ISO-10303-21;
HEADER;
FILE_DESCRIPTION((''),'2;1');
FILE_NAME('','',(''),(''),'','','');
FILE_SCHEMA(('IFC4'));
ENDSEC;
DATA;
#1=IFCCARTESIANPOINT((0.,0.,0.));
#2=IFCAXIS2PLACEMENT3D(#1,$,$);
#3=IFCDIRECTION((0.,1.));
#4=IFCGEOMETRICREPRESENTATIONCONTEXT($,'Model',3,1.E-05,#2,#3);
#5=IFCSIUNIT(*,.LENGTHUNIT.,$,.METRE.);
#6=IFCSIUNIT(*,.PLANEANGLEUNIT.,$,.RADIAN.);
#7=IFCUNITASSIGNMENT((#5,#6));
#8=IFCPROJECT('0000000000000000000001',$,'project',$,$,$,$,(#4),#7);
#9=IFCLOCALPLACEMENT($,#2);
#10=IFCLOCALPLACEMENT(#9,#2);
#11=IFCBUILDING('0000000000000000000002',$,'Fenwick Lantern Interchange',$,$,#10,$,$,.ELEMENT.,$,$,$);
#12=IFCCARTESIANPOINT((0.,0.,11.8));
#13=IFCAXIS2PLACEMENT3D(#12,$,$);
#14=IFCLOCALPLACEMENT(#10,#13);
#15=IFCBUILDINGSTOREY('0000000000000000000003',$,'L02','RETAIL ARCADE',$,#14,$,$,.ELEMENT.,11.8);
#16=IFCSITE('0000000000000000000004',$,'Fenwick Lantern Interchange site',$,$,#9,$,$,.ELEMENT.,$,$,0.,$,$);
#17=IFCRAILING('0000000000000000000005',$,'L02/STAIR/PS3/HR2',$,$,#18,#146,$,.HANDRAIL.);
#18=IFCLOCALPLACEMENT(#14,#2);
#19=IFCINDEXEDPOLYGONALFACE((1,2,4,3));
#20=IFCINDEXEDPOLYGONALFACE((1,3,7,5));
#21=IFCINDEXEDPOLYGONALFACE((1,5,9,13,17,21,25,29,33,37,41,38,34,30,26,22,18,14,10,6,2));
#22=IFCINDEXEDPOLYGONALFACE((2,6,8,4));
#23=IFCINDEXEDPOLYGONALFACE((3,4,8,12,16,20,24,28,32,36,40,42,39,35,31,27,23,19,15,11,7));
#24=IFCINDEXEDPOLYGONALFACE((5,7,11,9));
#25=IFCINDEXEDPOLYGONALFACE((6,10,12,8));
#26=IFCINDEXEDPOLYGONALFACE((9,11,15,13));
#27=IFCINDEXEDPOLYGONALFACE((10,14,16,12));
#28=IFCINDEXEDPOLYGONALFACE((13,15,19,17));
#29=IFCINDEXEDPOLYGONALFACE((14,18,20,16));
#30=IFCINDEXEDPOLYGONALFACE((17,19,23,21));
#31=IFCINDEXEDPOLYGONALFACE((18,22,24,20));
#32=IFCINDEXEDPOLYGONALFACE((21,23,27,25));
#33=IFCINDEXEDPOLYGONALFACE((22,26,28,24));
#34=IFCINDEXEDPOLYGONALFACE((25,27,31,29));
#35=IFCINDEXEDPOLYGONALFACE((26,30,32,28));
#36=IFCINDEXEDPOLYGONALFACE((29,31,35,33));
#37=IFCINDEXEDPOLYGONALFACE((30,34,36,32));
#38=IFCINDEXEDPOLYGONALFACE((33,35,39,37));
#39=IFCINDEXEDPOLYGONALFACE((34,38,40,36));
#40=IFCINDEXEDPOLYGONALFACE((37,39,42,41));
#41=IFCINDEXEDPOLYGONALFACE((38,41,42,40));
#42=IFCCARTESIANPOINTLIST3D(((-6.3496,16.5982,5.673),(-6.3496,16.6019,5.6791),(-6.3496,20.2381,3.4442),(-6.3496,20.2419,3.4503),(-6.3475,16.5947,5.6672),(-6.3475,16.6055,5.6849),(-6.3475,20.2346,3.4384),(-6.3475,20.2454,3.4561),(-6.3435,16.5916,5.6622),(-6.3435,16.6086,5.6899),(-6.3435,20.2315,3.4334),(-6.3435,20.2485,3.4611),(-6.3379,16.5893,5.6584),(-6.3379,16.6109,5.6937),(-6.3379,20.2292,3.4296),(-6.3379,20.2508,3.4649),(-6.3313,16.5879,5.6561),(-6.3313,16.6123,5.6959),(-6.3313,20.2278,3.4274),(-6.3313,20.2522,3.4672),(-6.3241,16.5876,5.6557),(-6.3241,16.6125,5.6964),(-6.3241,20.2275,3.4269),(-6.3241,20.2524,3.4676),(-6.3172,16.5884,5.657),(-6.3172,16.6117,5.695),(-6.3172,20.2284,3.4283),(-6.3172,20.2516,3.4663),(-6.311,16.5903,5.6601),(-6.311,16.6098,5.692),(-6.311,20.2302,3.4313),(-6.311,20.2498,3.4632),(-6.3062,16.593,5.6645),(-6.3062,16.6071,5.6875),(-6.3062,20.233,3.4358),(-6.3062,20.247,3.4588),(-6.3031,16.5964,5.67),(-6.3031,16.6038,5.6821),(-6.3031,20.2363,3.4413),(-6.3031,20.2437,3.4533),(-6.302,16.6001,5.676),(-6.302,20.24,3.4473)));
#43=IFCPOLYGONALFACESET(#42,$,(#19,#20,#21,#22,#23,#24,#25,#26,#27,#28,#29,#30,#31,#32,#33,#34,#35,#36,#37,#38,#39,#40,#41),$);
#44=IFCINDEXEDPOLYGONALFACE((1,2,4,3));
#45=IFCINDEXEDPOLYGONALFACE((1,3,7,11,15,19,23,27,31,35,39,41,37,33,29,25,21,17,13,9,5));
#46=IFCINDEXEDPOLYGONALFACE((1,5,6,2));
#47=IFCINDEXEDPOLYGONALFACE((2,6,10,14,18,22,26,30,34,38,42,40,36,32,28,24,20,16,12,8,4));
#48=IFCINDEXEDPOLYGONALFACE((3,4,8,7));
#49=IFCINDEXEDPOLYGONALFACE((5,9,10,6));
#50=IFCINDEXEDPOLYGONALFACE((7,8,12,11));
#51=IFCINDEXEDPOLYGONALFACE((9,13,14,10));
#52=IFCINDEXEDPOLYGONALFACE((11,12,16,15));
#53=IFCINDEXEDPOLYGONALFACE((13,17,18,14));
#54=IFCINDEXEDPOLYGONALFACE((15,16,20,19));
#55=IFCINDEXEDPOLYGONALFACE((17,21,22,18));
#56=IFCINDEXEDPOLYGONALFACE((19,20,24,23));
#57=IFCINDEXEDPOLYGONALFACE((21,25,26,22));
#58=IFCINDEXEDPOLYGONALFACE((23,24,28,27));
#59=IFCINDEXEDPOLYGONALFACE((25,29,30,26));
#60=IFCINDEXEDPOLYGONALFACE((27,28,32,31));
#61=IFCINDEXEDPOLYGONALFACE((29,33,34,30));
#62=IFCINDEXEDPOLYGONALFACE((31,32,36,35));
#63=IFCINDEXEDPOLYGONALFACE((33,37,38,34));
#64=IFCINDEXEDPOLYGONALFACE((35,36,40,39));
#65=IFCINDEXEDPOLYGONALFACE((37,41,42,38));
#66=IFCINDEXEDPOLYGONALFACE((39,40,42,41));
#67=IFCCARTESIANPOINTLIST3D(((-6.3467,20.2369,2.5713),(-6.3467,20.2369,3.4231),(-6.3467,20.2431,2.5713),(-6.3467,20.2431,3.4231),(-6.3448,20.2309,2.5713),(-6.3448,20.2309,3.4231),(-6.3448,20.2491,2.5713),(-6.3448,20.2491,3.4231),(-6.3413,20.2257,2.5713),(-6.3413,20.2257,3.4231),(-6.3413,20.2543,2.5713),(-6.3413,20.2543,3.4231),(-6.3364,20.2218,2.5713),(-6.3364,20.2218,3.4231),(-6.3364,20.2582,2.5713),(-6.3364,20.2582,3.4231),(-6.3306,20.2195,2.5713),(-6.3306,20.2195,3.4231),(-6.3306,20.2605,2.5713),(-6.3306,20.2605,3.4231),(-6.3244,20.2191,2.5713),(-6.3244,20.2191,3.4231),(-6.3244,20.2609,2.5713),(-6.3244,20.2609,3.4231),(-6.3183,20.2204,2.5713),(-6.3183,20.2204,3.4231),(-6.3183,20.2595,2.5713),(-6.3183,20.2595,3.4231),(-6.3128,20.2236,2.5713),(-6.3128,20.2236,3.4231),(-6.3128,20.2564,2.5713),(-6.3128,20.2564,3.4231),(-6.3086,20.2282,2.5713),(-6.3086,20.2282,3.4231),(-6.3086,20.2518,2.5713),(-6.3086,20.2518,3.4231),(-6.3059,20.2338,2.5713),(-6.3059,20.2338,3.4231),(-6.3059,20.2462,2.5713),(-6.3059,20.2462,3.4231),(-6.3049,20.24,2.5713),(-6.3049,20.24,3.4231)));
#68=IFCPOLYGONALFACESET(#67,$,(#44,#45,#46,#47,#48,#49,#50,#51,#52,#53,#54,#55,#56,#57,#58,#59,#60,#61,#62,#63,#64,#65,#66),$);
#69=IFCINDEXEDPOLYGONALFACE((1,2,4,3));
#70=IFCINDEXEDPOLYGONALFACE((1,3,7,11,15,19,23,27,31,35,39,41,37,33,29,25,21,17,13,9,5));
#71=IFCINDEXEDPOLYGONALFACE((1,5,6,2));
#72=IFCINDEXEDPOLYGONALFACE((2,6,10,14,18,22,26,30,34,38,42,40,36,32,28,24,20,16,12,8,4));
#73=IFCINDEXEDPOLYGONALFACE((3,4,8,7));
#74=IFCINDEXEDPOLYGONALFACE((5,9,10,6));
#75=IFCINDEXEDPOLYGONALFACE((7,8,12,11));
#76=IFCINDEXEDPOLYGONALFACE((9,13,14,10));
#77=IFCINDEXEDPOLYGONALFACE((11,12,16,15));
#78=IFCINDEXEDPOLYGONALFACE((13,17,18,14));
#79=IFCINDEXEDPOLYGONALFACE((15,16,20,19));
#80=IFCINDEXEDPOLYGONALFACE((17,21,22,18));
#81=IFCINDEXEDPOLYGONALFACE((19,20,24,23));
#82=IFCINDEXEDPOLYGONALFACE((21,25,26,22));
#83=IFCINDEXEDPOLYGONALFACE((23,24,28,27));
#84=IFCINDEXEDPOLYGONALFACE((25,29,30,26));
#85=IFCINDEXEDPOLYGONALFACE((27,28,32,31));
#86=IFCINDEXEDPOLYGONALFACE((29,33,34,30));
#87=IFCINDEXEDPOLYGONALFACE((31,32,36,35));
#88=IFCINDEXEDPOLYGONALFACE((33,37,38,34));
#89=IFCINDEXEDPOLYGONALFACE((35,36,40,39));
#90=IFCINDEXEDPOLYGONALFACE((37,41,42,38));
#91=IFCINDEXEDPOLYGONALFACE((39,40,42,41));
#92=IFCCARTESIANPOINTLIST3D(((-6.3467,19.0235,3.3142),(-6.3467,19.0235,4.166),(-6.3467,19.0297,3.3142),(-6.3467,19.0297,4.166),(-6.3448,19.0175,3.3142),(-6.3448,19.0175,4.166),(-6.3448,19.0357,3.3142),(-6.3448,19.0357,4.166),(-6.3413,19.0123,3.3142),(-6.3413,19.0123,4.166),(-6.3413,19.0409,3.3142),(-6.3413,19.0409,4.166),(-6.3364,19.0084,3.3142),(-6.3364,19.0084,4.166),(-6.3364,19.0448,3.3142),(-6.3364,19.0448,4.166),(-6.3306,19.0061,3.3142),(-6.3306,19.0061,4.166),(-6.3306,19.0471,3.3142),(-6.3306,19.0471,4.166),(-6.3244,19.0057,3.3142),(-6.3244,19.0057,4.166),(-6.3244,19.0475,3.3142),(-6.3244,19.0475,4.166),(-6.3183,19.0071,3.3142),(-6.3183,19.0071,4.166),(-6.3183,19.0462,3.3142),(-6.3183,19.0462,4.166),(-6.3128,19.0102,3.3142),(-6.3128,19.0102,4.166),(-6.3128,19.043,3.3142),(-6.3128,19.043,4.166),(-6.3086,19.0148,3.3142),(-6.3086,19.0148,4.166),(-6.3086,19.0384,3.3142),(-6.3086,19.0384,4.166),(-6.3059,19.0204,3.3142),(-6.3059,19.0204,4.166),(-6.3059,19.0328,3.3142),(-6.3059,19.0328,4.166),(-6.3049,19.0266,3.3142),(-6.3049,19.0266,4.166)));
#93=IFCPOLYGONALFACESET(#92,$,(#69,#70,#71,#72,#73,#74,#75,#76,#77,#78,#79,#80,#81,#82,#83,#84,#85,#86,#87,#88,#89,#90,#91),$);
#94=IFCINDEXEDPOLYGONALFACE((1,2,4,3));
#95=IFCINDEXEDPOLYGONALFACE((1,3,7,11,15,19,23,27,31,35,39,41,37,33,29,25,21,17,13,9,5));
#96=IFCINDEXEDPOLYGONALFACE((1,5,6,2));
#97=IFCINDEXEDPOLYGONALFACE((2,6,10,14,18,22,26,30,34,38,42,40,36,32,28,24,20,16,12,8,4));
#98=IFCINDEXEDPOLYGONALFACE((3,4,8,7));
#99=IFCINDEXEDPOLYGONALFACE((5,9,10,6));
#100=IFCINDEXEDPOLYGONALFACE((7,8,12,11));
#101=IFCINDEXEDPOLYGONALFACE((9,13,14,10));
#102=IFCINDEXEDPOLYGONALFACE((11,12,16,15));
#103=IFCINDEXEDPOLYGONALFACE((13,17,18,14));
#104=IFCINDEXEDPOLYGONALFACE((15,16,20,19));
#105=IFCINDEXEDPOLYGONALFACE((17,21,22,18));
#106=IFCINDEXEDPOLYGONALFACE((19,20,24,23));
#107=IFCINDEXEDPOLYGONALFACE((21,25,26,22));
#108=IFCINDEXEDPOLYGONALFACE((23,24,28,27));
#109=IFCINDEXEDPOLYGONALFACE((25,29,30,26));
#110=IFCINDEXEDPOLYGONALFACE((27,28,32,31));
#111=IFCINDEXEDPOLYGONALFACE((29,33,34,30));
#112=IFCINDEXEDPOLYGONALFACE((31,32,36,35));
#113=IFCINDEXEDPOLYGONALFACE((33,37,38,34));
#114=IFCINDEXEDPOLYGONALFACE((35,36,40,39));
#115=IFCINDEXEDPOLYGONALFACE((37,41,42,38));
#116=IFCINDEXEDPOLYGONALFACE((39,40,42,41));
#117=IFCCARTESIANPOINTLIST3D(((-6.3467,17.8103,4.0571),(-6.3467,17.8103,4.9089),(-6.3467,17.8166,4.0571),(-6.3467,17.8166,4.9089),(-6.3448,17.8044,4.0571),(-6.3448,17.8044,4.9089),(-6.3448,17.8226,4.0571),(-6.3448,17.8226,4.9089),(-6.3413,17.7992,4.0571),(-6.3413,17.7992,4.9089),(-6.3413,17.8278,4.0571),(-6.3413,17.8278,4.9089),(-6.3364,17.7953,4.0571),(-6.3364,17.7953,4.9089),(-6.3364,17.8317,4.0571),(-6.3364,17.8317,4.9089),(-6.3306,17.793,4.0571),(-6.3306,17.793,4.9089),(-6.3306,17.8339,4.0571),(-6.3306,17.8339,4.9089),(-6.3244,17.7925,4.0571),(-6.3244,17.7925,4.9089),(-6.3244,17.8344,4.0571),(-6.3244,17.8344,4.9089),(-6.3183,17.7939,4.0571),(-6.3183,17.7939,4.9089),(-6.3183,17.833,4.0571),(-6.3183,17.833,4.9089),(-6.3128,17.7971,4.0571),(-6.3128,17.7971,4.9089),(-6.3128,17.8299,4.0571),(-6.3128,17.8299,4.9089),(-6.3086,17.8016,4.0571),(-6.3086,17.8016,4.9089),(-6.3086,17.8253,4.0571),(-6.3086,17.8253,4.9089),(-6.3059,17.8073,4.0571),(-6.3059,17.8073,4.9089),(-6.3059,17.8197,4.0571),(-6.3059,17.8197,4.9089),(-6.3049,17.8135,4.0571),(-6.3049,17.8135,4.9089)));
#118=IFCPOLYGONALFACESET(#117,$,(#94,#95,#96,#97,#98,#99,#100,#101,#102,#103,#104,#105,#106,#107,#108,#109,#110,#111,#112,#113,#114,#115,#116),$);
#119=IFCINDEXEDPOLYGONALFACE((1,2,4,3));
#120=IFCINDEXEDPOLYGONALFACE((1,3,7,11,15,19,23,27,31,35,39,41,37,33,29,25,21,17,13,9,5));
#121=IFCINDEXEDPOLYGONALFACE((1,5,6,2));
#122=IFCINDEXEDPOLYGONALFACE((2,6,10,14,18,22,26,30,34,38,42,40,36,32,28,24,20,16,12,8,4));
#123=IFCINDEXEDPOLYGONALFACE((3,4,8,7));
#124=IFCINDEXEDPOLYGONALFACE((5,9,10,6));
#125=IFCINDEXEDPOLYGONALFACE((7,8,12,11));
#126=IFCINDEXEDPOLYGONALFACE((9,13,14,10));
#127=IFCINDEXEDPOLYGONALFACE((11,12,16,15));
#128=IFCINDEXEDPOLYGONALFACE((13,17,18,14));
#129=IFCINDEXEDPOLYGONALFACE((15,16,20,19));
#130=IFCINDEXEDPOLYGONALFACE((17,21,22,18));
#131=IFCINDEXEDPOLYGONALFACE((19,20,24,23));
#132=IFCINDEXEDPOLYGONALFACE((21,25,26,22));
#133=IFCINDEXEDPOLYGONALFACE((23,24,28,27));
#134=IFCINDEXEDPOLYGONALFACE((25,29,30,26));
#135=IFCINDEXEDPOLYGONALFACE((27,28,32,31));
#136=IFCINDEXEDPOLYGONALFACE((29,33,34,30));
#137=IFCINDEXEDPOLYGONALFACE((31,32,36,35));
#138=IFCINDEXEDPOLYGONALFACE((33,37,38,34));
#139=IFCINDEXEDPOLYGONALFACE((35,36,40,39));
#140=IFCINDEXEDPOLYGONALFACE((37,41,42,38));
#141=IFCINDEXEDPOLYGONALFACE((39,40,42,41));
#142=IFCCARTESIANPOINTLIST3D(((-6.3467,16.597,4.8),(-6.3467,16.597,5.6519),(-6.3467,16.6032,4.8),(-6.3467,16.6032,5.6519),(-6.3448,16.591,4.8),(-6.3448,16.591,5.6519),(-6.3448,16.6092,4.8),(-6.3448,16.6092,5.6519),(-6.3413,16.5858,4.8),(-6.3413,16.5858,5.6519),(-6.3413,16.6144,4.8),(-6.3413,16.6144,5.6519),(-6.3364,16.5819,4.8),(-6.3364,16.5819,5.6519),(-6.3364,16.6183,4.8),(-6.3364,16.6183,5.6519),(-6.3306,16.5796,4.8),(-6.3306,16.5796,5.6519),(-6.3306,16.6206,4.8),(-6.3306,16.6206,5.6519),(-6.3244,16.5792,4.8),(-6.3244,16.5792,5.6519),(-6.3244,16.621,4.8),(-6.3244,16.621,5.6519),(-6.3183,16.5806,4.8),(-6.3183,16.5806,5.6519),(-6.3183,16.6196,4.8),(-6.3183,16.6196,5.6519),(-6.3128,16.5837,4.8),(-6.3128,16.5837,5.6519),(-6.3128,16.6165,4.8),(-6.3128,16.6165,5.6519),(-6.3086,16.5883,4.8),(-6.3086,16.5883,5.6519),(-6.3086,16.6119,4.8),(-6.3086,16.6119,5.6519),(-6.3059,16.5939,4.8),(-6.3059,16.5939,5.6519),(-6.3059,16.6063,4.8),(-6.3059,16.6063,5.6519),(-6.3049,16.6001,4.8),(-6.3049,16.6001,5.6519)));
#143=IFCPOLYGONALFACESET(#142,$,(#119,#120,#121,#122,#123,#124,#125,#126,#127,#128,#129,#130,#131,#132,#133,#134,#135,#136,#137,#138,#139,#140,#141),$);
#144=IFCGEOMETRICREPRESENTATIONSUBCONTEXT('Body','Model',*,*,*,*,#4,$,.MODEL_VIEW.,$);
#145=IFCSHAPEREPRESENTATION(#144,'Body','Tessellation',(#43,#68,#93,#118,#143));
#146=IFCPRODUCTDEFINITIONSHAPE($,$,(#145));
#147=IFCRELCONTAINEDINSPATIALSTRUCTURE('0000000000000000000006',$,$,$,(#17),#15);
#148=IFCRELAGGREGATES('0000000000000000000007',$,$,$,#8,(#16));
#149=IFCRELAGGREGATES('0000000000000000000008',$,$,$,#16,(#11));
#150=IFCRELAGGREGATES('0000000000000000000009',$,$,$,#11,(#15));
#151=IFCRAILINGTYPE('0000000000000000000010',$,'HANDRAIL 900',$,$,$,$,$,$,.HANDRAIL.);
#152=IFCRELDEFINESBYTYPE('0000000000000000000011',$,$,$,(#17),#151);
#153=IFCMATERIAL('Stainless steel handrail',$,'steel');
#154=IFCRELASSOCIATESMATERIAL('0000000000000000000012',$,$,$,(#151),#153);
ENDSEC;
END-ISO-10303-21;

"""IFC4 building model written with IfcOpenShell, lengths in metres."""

from ifc_helpers import new_model, si_unit, direction, frame, origin, origin_2d, place, context, subcontext, project, spatial, circle, extrude, material, type_object, element, save


model = new_model("IFC4")

# Units and contexts
model_context = context("Model", 3, precision=1e-05, world=origin(), true_north=direction((0.0, 1.0)))
body_context = subcontext(model_context, "Body", "Model", "MODEL_VIEW")
ifc_project = project(units=[si_unit("LENGTHUNIT", "METRE"), si_unit("PLANEANGLEUNIT", "RADIAN")], contexts=[model_context])

# Site, building, storey
site_placement = place(None, origin())
site = spatial("IfcSite", under=ifc_project, at=site_placement, Name="Fenwick Lantern Interchange site", CompositionType="ELEMENT", RefElevation=0.0)
building_placement = place(site_placement, origin())
building = spatial("IfcBuilding", under=site, at=building_placement, Name="Fenwick Lantern Interchange", CompositionType="ELEMENT")
storey_placement = place(building_placement, frame((0.0, 0.0, 11.8)))
storey = spatial("IfcBuildingStorey", under=building, at=storey_placement, Name="L02", Description="RETAIL ARCADE", CompositionType="ELEMENT", Elevation=11.8)

# Railing
ifc_material_1 = material(Name="Stainless steel handrail", Category="steel")
railing_type = type_object("IfcRailingType", Name="HANDRAIL 900", PredefinedType="HANDRAIL", material=ifc_material_1)
railing_1_placement = place(storey_placement, frame((-6.3259, 20.24, 2.5713)))
element("IfcRailing", 1, at=railing_1_placement, inside=storey, type_object=railing_type, Name="L02/STAIR/PS3/HR2", PredefinedType="HANDRAIL", context=body_context, shape_type="SweptSolid", body=[
    extrude(circle(Radius=0.0239, at=origin_2d()), frame((0.0, 0.0, 0.876), z_axis=(0.0, -0.852825, 0.522197), x_axis=(1.0, 0.0, 0.0)), (0.0, 0.0, 1.0), 4.2681),
    extrude(circle(Radius=0.021, at=origin_2d()), origin(), (0.0, 0.0, 1.0), 0.8518),
    extrude(circle(Radius=0.021, at=origin_2d()), frame((0.0, -1.2134, 0.7429)), (0.0, 0.0, 1.0), 0.8518),
    extrude(circle(Radius=0.021, at=origin_2d()), frame((0.0, -2.4265, 1.4858)), (0.0, 0.0, 1.0), 0.8518),
    extrude(circle(Radius=0.021, at=origin_2d()), frame((0.0, -3.6399, 2.2288)), (0.0, 0.0, 1.0), 0.8518),
])

save(model, "model.ifc")
